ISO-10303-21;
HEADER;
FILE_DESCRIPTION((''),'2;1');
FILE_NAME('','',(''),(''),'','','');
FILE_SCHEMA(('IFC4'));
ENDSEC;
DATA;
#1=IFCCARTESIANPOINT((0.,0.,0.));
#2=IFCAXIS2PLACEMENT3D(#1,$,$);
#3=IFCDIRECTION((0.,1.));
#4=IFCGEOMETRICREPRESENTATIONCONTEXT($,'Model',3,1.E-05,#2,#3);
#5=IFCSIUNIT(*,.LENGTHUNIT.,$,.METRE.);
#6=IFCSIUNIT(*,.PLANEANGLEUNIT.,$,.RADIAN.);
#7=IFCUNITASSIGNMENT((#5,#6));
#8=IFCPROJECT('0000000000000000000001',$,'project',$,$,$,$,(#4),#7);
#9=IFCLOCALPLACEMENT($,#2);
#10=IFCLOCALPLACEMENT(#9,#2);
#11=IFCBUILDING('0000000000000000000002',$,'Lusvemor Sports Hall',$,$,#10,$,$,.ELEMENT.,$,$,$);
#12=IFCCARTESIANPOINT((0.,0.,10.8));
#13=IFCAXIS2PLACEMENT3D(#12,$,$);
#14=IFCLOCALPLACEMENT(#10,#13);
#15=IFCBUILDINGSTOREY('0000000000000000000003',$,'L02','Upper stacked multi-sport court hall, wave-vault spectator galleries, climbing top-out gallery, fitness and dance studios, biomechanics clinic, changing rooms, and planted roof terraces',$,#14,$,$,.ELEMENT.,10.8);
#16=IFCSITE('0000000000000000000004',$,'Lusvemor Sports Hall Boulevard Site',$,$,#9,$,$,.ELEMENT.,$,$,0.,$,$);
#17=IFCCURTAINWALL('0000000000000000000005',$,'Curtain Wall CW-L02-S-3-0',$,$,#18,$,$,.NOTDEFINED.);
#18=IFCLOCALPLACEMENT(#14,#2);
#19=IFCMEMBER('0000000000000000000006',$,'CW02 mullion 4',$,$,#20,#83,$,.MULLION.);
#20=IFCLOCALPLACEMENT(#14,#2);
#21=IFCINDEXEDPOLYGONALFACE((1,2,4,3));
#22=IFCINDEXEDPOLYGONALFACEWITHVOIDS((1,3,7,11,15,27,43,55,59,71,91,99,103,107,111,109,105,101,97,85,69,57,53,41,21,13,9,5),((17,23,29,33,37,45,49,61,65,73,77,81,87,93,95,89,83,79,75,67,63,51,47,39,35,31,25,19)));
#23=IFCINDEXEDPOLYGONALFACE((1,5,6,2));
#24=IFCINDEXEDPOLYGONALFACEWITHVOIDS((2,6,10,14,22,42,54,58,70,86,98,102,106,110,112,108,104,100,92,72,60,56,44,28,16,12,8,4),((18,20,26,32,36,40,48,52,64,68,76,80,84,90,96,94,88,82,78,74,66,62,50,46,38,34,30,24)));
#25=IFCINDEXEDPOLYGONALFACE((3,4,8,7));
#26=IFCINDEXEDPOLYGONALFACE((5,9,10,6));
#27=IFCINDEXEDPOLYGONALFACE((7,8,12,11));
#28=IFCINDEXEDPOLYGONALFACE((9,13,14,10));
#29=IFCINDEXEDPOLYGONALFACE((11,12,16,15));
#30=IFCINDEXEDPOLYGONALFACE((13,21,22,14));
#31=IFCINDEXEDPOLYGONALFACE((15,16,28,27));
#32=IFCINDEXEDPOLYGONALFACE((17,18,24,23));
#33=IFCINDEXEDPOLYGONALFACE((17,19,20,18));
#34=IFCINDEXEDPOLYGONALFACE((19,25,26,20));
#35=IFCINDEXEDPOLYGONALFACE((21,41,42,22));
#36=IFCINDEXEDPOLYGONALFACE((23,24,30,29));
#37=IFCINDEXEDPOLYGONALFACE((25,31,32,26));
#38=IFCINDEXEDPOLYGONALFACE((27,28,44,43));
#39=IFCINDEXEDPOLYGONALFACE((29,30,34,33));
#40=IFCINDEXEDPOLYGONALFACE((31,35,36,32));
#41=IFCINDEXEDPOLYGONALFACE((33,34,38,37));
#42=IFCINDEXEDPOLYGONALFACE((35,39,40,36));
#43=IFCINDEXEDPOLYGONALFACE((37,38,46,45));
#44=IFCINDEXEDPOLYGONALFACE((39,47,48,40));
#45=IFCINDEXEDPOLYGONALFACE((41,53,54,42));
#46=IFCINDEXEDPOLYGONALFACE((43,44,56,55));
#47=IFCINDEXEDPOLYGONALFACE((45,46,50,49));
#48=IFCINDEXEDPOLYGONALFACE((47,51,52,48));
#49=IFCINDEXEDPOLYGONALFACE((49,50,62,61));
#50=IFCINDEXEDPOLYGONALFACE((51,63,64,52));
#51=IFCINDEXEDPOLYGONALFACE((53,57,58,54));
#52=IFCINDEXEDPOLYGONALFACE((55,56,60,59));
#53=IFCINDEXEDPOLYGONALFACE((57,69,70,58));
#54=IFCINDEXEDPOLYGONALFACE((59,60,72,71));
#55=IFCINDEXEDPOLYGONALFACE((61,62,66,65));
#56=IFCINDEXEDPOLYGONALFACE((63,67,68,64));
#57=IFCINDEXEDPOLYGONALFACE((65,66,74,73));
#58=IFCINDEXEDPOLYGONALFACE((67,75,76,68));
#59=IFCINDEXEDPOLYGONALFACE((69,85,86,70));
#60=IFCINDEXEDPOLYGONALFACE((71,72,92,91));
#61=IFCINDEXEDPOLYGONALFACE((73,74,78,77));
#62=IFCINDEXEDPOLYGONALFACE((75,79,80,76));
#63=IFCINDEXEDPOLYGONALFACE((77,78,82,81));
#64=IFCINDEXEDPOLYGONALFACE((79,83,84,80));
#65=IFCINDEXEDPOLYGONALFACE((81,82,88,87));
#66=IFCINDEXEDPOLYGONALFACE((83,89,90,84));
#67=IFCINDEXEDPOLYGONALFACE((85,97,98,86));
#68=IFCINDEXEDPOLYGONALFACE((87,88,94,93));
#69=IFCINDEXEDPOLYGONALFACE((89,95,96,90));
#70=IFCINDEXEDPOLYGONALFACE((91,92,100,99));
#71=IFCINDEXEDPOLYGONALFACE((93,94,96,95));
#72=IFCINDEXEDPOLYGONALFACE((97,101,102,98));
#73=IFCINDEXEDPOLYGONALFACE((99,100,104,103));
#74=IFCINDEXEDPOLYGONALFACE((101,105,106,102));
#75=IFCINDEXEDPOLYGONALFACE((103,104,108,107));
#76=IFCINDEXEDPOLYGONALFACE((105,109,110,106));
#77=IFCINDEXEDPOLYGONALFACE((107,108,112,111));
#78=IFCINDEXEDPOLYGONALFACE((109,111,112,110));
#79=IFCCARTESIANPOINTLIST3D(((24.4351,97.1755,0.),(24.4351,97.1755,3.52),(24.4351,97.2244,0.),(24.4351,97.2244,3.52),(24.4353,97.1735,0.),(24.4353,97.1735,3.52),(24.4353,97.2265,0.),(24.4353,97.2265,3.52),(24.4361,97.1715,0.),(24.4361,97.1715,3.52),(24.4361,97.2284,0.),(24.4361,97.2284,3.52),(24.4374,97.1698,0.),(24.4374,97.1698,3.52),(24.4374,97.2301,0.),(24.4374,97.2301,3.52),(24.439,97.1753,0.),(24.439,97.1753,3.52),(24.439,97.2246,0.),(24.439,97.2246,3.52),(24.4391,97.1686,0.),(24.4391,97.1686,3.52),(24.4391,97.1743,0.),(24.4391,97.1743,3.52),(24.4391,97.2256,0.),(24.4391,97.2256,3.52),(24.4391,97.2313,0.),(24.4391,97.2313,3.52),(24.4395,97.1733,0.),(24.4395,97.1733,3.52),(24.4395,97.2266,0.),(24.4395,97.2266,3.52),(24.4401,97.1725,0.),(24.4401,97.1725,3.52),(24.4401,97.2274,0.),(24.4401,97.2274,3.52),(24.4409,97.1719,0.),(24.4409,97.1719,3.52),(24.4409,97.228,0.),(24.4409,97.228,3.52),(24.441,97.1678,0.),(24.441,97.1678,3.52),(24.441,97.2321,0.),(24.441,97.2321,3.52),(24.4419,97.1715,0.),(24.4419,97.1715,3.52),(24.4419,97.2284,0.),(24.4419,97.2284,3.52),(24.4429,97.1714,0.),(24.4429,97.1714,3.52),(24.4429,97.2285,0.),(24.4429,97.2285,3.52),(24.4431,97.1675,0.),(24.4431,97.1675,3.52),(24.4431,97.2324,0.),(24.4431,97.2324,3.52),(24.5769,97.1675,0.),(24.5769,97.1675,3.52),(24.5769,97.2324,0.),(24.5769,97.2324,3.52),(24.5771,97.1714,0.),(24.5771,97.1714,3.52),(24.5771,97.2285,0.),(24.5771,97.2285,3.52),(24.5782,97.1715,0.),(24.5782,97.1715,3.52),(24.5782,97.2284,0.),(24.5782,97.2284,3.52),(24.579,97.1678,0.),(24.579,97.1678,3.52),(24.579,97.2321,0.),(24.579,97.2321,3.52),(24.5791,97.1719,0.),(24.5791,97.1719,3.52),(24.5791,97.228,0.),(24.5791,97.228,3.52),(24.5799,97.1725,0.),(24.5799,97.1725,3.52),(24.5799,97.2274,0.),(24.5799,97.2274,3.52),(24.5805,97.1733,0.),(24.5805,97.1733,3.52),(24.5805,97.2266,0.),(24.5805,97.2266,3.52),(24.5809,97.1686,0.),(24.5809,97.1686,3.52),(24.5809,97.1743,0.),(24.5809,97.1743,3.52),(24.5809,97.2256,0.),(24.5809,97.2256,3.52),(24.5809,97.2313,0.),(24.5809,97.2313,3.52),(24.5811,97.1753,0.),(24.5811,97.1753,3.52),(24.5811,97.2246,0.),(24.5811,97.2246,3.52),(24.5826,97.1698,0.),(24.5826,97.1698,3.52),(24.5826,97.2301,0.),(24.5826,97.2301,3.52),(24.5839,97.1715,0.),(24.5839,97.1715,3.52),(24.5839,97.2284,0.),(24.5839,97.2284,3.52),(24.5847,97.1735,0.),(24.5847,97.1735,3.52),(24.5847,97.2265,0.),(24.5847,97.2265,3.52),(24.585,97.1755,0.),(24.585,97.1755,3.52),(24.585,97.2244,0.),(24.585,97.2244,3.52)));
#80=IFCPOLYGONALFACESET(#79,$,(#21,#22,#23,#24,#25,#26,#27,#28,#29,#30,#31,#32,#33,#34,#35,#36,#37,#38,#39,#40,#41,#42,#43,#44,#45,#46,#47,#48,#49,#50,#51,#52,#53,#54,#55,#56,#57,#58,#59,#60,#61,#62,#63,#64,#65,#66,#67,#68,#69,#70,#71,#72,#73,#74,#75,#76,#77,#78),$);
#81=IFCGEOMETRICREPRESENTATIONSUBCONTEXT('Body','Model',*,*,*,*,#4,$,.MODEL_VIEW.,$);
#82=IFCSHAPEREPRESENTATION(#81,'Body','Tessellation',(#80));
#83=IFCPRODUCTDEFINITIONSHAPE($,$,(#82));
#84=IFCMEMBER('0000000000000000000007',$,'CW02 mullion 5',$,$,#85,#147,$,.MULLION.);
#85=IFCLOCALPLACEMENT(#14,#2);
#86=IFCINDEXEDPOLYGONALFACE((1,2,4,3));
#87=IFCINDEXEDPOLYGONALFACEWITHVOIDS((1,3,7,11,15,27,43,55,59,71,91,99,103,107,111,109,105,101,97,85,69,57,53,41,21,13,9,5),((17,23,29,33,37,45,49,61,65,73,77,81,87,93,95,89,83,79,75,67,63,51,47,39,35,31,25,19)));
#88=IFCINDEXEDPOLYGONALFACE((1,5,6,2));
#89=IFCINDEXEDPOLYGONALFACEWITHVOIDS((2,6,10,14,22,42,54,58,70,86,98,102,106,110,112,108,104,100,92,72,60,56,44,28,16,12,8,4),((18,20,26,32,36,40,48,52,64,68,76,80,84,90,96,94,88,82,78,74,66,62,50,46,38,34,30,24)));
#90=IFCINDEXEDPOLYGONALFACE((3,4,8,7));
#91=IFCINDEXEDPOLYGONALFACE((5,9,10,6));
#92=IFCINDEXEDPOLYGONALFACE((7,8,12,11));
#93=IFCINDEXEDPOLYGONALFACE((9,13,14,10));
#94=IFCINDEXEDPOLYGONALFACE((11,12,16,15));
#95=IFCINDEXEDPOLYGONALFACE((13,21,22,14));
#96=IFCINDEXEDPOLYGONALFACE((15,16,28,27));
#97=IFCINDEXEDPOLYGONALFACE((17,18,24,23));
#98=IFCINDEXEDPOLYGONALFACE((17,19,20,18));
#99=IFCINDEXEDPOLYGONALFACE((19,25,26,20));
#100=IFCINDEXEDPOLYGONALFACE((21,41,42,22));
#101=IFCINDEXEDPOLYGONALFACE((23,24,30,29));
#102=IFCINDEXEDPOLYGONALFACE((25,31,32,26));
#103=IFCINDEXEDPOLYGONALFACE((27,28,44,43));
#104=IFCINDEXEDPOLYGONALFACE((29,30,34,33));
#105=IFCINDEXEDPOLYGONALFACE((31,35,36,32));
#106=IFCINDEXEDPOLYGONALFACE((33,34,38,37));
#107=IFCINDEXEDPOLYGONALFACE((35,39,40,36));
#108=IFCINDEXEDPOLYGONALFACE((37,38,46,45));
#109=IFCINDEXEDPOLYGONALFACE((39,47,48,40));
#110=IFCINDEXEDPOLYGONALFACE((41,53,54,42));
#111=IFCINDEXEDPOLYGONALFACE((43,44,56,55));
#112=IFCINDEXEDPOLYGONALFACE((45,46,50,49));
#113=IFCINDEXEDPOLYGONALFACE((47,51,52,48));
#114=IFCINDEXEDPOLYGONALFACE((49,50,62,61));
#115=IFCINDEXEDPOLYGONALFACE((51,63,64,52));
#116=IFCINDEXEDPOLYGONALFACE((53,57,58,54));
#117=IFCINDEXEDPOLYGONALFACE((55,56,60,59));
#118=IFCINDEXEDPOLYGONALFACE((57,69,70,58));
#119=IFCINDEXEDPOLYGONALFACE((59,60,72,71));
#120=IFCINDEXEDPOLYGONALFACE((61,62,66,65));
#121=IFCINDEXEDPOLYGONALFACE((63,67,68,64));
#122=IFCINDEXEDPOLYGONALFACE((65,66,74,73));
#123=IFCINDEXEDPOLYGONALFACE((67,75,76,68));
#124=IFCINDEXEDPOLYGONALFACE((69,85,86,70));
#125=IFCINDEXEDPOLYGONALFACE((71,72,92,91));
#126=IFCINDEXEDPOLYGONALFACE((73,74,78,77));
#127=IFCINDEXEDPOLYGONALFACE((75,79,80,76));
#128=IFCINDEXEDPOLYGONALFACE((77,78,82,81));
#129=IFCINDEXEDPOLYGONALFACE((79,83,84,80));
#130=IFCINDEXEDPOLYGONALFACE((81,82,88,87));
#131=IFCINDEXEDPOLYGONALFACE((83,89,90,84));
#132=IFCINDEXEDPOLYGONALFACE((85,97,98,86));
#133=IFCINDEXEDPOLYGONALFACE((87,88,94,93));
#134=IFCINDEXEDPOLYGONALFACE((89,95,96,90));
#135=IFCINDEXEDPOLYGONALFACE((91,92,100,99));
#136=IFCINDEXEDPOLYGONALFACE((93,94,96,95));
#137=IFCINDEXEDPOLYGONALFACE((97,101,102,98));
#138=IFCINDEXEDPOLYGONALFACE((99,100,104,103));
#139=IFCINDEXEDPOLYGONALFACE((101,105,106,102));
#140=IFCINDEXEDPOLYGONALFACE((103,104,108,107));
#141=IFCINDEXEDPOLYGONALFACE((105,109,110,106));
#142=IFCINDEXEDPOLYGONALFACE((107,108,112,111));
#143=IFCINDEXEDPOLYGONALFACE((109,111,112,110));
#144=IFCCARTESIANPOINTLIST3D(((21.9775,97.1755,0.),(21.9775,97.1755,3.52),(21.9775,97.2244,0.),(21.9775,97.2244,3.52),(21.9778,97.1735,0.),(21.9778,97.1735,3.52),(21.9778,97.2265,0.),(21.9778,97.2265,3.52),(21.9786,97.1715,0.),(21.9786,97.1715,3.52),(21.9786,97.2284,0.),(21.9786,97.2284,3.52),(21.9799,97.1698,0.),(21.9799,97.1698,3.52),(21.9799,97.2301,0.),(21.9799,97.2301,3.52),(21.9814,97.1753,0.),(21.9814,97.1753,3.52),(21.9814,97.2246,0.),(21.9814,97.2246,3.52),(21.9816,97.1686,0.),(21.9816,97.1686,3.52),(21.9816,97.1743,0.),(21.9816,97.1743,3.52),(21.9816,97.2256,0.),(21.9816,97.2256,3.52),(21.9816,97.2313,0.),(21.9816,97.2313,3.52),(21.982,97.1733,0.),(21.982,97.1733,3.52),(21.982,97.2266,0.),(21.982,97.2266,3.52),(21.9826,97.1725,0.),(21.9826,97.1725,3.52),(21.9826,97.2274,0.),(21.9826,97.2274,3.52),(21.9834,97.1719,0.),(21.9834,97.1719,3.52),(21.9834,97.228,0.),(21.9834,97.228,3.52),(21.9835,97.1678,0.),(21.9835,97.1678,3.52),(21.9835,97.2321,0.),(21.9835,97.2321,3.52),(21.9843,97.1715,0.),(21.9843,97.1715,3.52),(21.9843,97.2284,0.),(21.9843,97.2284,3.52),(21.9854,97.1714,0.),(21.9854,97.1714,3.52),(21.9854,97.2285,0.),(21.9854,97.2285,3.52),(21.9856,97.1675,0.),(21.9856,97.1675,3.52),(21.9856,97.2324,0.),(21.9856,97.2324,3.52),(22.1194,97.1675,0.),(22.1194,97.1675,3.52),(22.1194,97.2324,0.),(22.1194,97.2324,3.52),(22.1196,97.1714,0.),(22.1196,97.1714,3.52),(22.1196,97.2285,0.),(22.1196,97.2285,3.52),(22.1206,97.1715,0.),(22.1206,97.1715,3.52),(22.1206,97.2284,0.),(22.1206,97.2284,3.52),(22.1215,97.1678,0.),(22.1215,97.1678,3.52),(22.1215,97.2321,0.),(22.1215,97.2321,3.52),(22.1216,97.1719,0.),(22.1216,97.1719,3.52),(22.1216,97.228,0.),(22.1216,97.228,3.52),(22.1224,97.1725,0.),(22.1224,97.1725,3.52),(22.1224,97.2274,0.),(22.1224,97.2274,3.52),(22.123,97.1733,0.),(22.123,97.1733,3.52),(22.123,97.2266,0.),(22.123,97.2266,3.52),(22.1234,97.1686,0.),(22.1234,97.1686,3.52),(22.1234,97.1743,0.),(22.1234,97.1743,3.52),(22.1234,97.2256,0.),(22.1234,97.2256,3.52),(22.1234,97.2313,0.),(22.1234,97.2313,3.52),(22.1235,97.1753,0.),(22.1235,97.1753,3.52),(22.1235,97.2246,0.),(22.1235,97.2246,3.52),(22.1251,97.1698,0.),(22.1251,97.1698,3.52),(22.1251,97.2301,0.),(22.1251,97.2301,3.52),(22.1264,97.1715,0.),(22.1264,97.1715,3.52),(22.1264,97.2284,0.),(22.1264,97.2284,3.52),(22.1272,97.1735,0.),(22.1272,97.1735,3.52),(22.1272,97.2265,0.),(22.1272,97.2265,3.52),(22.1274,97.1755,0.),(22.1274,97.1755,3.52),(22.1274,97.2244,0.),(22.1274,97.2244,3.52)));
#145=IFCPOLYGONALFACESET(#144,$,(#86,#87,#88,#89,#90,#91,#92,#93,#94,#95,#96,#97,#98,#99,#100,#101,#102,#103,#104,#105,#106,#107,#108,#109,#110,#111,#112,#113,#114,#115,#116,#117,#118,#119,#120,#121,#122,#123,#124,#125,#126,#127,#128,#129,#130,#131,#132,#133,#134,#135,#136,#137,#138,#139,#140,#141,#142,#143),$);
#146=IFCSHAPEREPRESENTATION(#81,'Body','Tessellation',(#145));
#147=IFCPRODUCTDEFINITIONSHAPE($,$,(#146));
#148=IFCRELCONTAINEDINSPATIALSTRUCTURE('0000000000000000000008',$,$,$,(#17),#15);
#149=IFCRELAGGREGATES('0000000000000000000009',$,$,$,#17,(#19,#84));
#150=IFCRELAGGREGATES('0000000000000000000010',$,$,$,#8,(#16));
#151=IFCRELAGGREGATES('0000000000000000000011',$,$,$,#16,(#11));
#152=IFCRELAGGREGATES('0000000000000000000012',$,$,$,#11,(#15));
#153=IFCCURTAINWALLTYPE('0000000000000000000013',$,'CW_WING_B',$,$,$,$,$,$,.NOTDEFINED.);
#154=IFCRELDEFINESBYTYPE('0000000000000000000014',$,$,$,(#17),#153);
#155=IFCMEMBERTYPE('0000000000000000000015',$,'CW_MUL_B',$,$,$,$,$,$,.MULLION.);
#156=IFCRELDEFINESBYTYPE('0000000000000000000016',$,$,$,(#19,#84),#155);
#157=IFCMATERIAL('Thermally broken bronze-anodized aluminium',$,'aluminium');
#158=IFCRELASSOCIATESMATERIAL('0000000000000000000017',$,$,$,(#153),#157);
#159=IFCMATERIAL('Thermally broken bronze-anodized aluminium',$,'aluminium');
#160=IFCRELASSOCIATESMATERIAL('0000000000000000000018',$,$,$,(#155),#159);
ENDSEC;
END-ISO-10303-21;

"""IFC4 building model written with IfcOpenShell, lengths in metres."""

from ifc_helpers import new_model, si_unit, direction, frame, origin, origin_2d, place, context, subcontext, project, spatial, hollow_rectangle, extrude, material, material_profile, profile_set, type_object, element, aggregate, save


model = new_model("IFC4")

# Units and contexts
model_context = context("Model", 3, precision=1e-05, world=origin(), true_north=direction((0.0, 1.0)))
body_context = subcontext(model_context, "Body", "Model", "MODEL_VIEW")
ifc_project = project(units=[si_unit("LENGTHUNIT", "METRE"), si_unit("PLANEANGLEUNIT", "RADIAN")], contexts=[model_context])

# Site, building, storey
site_placement = place(None, origin())
site = spatial("IfcSite", under=ifc_project, at=site_placement, Name="Lusvemor Sports Hall Boulevard Site", CompositionType="ELEMENT", RefElevation=0.0)
building_placement = place(site_placement, origin())
building = spatial("IfcBuilding", under=site, at=building_placement, Name="Lusvemor Sports Hall", CompositionType="ELEMENT")
storey_placement = place(building_placement, frame((0.0, 0.0, 10.8)))
storey = spatial("IfcBuildingStorey", under=building, at=storey_placement, Name="L02", Description="Upper stacked multi-sport court hall, wave-vault spectator galleries, climbing top-out gallery, fitness and dance studios, biomechanics clinic, changing rooms, and planted roof terraces", CompositionType="ELEMENT", Elevation=10.8)

# Curtain wall, members
ifc_material_1 = material(Name="Thermally broken bronze-anodized aluminium", Category="aluminium")
curtain_wall_type = type_object("IfcCurtainWallType", Name="CW_WING_B", PredefinedType="NOTDEFINED", material=ifc_material_1)
curtain_wall_placement = place(storey_placement, origin())
curtain_wall = element("IfcCurtainWall", 1, at=curtain_wall_placement, inside=storey, type_object=curtain_wall_type, Name="Curtain Wall CW-L02-S-3-0", PredefinedType="NOTDEFINED")
ifc_material_2 = material(Name="Thermally broken bronze-anodized aluminium", Category="aluminium")
ifc_material_profile_1 = material_profile(ifc_material_2, hollow_rectangle(XDim=0.0649, YDim=0.1499, WallThickness=0.0039, InnerFilletRadius=0.0039, OuterFilletRadius=0.0081, at=origin_2d()), Name="CWMUL150x65x4")
ifc_profile_set_1 = profile_set([ifc_material_profile_1], Name="Thermally broken bronze-anodized aluminium")
member_type_1 = type_object("IfcMemberType", Name="CW_MUL_B", PredefinedType="MULLION", material=ifc_profile_set_1)
member_1_placement = place(storey_placement, frame((24.51, 97.2, 0.0), z_axis=(0.0, 0.0, 1.0), x_axis=(0.0, -1.0, 0.0)))
member_1 = element("IfcMember", 2, at=member_1_placement, type_object=member_type_1, Name="CW02 mullion 4", PredefinedType="MULLION", context=body_context, shape_type="SweptSolid", body=[
    extrude(hollow_rectangle(XDim=0.0649, YDim=0.1499, WallThickness=0.0039, InnerFilletRadius=0.0039, OuterFilletRadius=0.0081, at=origin_2d()), origin(), (0.0, 0.0, 1.0), 3.52),
])
member_2_placement = place(storey_placement, frame((22.0525, 97.2, 0.0), z_axis=(0.0, 0.0, 1.0), x_axis=(0.0, -1.0, 0.0)))
member_2 = element("IfcMember", 3, at=member_2_placement, type_object=member_type_1, Name="CW02 mullion 5", PredefinedType="MULLION", context=body_context, shape_type="SweptSolid", body=[
    extrude(hollow_rectangle(XDim=0.0649, YDim=0.1499, WallThickness=0.0039, InnerFilletRadius=0.0039, OuterFilletRadius=0.0081, at=origin_2d()), origin(), (0.0, 0.0, 1.0), 3.52),
])

aggregate(curtain_wall, [member_1, member_2])

save(model, "model.ifc")
